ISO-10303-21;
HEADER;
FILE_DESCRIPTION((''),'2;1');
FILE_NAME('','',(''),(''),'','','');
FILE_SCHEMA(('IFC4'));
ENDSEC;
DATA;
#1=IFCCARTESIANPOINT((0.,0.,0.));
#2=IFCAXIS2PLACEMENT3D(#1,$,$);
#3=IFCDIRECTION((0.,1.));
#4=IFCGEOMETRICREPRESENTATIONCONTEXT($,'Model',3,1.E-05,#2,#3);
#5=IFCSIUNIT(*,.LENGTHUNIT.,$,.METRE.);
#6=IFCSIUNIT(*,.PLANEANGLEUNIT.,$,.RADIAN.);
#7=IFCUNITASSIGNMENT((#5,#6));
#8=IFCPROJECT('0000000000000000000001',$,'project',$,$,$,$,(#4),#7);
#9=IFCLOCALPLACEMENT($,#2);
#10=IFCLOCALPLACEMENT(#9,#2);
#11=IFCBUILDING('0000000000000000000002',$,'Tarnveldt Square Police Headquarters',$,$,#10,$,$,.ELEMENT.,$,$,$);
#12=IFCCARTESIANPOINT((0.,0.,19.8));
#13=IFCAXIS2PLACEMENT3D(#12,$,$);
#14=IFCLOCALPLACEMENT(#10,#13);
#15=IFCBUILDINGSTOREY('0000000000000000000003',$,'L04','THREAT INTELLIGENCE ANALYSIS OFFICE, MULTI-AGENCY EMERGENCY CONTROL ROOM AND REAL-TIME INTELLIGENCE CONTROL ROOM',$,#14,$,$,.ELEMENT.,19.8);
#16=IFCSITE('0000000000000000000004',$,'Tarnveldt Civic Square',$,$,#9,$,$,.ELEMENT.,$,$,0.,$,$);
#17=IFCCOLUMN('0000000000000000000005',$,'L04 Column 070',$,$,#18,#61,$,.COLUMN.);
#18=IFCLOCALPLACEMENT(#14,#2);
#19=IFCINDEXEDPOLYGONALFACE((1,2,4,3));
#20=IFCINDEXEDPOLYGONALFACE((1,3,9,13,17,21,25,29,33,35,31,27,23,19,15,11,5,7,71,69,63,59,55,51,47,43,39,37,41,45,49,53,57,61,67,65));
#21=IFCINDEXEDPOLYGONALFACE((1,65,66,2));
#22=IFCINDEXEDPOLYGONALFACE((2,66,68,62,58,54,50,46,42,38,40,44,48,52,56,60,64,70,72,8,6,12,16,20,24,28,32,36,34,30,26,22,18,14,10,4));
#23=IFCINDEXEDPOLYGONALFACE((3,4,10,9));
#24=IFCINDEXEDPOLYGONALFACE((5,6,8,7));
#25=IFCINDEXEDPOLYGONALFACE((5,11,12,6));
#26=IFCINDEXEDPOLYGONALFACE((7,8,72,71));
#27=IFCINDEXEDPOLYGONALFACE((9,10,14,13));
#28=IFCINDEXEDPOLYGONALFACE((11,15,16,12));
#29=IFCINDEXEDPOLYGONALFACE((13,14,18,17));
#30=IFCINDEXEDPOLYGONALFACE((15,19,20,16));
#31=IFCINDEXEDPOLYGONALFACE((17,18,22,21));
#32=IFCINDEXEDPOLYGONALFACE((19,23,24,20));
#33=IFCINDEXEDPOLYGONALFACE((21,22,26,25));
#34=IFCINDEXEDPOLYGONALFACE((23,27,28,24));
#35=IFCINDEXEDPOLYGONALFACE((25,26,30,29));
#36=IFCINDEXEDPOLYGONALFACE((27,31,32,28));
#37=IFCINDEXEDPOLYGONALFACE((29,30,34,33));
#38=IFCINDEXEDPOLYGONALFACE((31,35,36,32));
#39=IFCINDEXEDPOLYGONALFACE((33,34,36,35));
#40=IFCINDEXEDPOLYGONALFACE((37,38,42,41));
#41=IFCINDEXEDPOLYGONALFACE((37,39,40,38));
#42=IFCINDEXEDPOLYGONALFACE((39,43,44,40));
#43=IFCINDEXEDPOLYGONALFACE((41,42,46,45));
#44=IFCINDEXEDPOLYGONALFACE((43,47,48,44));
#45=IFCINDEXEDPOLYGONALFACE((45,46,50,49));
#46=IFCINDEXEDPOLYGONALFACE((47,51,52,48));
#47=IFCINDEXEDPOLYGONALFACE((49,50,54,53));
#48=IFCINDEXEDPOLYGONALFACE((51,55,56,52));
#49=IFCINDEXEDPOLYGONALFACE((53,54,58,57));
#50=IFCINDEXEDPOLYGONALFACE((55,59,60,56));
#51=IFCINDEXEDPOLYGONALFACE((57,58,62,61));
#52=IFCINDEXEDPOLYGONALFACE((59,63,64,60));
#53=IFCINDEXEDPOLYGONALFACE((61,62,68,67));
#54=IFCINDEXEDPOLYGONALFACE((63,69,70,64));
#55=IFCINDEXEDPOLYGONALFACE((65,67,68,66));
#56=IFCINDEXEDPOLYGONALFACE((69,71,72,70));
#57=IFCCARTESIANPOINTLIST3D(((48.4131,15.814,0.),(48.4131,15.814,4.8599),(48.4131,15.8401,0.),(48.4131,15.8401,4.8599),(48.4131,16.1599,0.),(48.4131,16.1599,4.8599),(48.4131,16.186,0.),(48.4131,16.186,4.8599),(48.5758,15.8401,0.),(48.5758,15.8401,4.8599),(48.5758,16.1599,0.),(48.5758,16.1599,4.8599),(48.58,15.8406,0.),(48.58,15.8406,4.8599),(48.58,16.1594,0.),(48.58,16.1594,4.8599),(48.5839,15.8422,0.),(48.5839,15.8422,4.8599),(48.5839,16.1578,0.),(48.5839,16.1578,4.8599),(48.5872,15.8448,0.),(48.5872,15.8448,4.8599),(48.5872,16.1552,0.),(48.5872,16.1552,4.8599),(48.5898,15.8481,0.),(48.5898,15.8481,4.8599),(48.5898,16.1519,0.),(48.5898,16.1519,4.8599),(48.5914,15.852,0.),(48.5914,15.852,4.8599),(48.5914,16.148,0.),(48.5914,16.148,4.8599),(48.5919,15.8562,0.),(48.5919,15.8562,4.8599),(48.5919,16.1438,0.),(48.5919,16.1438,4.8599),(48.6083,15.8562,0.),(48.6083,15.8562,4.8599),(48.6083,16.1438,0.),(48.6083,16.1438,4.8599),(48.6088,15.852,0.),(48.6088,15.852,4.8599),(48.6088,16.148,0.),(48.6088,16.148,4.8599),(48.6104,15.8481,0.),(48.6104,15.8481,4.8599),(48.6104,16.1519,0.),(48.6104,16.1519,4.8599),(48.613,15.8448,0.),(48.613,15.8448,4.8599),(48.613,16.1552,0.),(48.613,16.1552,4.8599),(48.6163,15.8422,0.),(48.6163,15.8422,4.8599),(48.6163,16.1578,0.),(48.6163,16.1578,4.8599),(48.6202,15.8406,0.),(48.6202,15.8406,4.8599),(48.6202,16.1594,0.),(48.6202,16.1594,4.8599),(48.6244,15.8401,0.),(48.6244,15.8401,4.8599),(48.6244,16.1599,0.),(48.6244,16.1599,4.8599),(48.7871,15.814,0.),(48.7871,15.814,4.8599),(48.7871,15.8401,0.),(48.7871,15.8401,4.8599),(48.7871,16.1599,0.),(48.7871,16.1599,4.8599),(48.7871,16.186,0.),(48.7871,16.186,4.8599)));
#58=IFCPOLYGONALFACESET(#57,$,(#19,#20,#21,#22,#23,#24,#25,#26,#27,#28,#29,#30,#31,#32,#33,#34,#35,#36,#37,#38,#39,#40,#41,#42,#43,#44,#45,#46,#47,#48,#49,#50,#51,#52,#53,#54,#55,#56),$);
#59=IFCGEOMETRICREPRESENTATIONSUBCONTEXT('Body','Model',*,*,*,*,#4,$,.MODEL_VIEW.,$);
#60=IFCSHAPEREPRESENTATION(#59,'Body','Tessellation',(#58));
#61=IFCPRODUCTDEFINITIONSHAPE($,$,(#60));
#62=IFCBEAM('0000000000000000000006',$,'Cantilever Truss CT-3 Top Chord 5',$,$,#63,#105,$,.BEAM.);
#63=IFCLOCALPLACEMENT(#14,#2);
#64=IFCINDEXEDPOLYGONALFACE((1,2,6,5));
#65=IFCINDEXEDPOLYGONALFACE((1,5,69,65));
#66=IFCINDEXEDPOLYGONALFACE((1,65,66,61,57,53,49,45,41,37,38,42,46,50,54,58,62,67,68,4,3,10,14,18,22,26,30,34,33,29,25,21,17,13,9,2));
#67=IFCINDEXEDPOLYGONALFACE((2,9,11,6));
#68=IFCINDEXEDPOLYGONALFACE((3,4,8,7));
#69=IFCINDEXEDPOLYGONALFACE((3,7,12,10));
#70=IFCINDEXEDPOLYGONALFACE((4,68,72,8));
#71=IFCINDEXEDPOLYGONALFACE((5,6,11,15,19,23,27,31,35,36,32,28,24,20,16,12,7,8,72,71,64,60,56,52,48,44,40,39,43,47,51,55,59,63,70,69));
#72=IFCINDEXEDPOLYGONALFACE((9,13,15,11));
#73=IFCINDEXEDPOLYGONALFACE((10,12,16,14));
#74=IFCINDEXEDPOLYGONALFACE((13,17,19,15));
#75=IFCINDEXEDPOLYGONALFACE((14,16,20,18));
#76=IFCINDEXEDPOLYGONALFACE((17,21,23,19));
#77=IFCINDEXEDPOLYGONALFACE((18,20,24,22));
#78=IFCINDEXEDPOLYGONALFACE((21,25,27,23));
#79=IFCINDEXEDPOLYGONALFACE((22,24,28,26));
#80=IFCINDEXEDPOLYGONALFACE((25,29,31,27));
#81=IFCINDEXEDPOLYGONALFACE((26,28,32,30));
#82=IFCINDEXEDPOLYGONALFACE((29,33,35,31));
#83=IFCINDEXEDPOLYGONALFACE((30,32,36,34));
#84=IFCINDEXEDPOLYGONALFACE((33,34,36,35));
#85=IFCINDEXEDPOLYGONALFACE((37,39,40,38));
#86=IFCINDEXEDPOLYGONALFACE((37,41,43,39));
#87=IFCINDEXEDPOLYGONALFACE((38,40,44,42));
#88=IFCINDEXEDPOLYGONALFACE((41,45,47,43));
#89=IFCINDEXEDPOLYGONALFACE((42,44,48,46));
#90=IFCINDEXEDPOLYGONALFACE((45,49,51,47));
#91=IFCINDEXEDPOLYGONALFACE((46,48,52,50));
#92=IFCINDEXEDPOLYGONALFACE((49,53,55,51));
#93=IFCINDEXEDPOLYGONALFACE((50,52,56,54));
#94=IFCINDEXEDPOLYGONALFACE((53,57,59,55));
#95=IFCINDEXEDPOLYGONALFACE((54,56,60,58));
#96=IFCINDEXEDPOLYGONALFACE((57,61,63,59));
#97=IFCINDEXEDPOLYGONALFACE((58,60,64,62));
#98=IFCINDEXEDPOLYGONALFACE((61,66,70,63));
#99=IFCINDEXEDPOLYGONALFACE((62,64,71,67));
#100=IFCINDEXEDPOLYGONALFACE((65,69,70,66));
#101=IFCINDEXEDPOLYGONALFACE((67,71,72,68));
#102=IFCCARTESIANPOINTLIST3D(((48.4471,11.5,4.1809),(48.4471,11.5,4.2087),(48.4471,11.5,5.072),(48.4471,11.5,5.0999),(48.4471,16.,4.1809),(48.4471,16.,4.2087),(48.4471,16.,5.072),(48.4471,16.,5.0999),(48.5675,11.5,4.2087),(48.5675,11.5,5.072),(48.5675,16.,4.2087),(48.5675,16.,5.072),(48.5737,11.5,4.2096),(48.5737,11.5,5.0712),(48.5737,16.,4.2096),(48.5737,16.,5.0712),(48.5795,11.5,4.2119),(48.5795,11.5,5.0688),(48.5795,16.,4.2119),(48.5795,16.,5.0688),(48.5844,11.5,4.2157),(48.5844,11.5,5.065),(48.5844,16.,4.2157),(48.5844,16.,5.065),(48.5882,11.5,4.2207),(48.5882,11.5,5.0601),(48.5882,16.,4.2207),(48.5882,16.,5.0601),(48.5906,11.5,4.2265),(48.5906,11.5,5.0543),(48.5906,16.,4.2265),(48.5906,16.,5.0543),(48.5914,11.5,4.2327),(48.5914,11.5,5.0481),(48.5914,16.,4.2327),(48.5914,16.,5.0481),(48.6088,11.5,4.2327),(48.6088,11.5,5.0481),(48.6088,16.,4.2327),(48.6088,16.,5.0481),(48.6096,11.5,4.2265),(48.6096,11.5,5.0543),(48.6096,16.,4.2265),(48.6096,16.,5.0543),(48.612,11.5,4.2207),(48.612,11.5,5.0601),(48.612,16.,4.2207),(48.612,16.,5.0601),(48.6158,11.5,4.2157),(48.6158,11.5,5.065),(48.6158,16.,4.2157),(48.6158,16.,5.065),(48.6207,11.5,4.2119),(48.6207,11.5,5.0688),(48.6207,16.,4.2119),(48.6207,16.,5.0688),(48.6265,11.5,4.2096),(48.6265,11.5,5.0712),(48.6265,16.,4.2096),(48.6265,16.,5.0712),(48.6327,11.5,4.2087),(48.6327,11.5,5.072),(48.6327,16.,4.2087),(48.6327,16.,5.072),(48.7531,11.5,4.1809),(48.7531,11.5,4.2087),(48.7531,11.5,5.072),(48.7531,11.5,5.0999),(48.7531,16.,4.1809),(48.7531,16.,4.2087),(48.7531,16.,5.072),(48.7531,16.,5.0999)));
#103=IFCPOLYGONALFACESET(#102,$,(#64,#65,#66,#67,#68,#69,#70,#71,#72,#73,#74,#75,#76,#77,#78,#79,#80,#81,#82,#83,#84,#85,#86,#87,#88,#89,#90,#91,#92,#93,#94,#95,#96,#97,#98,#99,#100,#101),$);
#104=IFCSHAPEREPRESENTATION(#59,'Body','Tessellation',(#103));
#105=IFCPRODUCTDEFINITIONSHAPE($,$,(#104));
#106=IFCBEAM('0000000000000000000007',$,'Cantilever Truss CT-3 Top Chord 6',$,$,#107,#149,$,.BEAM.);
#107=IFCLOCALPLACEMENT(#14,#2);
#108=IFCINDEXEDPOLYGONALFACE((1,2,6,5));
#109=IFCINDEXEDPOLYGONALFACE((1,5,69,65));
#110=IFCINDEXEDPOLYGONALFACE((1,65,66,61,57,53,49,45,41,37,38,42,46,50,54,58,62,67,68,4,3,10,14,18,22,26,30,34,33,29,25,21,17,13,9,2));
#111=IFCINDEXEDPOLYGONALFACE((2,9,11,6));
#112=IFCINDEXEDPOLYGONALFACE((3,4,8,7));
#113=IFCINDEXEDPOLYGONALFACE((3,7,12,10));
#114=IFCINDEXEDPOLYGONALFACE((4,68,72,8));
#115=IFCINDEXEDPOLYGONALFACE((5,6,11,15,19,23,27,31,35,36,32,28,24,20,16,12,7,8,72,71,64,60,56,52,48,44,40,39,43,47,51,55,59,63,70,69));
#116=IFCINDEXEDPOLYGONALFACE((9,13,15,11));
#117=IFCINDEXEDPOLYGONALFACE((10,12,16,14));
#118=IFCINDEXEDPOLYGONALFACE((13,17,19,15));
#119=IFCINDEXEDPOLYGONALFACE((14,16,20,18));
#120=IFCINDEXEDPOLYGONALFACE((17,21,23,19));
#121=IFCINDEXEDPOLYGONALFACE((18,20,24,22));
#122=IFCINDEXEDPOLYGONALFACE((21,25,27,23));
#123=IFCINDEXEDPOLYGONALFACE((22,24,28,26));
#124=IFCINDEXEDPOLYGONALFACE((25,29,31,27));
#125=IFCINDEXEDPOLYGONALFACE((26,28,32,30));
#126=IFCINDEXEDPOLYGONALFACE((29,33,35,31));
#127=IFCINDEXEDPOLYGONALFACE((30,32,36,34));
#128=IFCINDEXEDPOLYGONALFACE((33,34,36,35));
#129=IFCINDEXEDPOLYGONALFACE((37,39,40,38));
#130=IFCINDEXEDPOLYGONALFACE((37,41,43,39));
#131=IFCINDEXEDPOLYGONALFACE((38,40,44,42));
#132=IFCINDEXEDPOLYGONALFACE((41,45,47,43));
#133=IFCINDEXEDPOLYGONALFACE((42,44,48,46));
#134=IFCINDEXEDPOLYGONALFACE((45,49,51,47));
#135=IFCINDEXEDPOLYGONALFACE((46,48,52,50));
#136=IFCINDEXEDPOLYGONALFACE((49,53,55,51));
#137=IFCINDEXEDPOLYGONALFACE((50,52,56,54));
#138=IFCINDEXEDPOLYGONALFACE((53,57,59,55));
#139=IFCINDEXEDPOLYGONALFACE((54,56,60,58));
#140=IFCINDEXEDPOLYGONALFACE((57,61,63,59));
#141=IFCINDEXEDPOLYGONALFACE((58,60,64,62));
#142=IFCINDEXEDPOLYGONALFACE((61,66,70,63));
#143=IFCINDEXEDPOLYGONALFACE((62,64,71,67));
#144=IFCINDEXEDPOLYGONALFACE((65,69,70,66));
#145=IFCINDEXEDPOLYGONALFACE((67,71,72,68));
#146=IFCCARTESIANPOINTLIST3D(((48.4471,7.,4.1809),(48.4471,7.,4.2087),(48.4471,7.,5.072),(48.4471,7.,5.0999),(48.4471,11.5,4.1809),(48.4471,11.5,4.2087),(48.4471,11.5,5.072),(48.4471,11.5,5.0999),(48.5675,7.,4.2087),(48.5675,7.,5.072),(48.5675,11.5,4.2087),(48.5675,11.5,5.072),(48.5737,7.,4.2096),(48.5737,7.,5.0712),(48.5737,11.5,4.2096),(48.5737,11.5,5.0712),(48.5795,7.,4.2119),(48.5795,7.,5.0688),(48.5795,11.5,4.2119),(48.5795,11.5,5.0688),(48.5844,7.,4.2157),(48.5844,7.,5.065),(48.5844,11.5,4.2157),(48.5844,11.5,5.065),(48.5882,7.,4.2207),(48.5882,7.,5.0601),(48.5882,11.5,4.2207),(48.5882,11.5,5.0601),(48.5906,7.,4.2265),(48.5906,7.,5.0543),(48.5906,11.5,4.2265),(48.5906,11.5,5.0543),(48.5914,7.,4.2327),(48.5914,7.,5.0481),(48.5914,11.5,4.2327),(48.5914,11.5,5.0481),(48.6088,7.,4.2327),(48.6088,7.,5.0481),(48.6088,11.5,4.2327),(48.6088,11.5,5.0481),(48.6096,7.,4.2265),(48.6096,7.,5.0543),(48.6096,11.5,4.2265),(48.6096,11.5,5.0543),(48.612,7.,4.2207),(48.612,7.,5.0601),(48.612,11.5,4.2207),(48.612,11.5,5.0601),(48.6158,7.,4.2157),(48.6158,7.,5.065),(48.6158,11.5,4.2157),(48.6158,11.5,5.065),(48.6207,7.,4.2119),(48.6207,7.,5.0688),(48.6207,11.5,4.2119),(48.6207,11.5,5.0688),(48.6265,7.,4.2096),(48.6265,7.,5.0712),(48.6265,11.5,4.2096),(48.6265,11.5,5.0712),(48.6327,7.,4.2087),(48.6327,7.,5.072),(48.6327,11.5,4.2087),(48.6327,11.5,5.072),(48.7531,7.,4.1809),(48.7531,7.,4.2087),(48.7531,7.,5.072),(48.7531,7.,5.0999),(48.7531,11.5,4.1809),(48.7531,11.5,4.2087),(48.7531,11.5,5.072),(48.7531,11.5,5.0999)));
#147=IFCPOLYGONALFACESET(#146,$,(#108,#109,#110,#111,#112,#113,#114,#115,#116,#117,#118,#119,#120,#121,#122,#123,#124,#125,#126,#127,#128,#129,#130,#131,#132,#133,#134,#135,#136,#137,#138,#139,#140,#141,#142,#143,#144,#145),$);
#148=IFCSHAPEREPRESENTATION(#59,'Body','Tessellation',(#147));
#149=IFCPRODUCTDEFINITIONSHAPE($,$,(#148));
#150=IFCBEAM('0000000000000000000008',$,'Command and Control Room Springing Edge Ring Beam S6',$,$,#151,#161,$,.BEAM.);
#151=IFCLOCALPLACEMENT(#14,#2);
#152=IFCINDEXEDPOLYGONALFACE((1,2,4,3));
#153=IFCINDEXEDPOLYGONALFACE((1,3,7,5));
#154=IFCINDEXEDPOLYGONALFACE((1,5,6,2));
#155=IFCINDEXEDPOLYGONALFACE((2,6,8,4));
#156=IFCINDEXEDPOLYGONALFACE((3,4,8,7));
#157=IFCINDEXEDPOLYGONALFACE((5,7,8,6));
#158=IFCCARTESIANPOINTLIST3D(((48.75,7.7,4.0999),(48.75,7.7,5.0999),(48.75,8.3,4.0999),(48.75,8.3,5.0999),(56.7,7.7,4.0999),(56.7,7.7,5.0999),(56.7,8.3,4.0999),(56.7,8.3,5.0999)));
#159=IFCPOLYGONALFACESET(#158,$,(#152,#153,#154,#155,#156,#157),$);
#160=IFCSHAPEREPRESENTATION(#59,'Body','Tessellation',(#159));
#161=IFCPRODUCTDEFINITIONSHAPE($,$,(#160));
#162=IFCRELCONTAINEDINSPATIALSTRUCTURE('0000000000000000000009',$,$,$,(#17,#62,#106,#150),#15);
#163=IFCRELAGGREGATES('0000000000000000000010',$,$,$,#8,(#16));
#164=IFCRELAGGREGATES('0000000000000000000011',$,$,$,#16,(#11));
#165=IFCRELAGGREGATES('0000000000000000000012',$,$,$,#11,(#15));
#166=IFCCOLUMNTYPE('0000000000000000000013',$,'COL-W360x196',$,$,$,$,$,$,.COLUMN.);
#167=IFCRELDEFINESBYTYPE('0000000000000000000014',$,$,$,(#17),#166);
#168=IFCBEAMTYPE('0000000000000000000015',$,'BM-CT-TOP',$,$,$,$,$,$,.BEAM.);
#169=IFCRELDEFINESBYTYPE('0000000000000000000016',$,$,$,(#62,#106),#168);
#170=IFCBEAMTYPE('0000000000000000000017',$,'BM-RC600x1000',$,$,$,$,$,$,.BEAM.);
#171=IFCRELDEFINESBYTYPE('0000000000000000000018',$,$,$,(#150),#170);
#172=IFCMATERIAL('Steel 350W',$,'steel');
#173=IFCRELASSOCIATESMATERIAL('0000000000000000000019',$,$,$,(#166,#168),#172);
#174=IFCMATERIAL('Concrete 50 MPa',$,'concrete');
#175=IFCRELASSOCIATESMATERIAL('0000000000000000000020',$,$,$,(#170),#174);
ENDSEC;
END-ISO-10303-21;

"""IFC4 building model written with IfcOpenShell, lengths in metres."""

from ifc_helpers import new_model, si_unit, direction, frame, origin, origin_2d, place, context, subcontext, project, spatial, rectangle, i_section, extrude, material, material_profile, profile_set, type_object, element, save


model = new_model("IFC4")

# Units and contexts
model_context = context("Model", 3, precision=1e-05, world=origin(), true_north=direction((0.0, 1.0)))
body_context = subcontext(model_context, "Body", "Model", "MODEL_VIEW")
ifc_project = project(units=[si_unit("LENGTHUNIT", "METRE"), si_unit("PLANEANGLEUNIT", "RADIAN")], contexts=[model_context])

# Site, building, storey
site_placement = place(None, origin())
site = spatial("IfcSite", under=ifc_project, at=site_placement, Name="Tarnveldt Civic Square", CompositionType="ELEMENT", RefElevation=0.0)
building_placement = place(site_placement, origin())
building = spatial("IfcBuilding", under=site, at=building_placement, Name="Tarnveldt Square Police Headquarters", CompositionType="ELEMENT")
storey_placement = place(building_placement, frame((0.0, 0.0, 19.8)))
storey = spatial("IfcBuildingStorey", under=building, at=storey_placement, Name="L04", Description="THREAT INTELLIGENCE ANALYSIS OFFICE, MULTI-AGENCY EMERGENCY CONTROL ROOM AND REAL-TIME INTELLIGENCE CONTROL ROOM", CompositionType="ELEMENT", Elevation=19.8)

# Column
ifc_material_1 = material(Name="Steel 350W", Category="steel")
ifc_material_profile_1 = material_profile(ifc_material_1, i_section(OverallWidth=0.374, OverallDepth=0.3721, WebThickness=0.0164, FlangeThickness=0.0261, FilletRadius=0.0161, at=origin_2d()), Name="W360x196")
ifc_profile_set_1 = profile_set([ifc_material_profile_1], Name="Steel 350W")
column_type = type_object("IfcColumnType", Name="COL-W360x196", PredefinedType="COLUMN", material=ifc_profile_set_1)
column_placement = place(storey_placement, frame((48.6001, 16.0, 0.0), z_axis=(0.0, 0.0, 1.0), x_axis=(1.0, 0.0, 0.0)))
element("IfcColumn", 1, at=column_placement, inside=storey, type_object=column_type, Name="L04 Column 070", PredefinedType="COLUMN", context=body_context, shape_type="SweptSolid", body=[
    extrude(i_section(OverallWidth=0.374, OverallDepth=0.3721, WebThickness=0.0164, FlangeThickness=0.0261, FilletRadius=0.0161, at=origin_2d()), origin(), (0.0, 0.0, 1.0), 4.8599),
])

# Beams
ifc_material_profile_2 = material_profile(ifc_material_1, i_section(OverallWidth=0.3059, OverallDepth=0.9189, WebThickness=0.0173, FlangeThickness=0.0278, FilletRadius=0.0239, at=origin_2d()), Name="W920x253")
ifc_profile_set_2 = profile_set([ifc_material_profile_2], Name="Steel 350W")
beam_type_1 = type_object("IfcBeamType", Name="BM-CT-TOP", PredefinedType="BEAM", material=ifc_profile_set_2)
for number, where, z_axis, x_axis, name in (
    (2, (48.6001, 16.0, 4.6404), (0.0, -1.0, 0.0), (1.0, 0.0, 0.0), "Cantilever Truss CT-3 Top Chord 5"),
    (3, (48.6001, 11.5, 4.6404), (0.0, -1.0, 0.0), (1.0, 0.0, 0.0), "Cantilever Truss CT-3 Top Chord 6"),
):
    element("IfcBeam", number, at=place(storey_placement, frame(where, z_axis=z_axis, x_axis=x_axis)), inside=storey, type_object=beam_type_1, Name=name, PredefinedType="BEAM", context=body_context, shape_type="SweptSolid", body=[
        extrude(i_section(OverallWidth=0.3059, OverallDepth=0.9189, WebThickness=0.0173, FlangeThickness=0.0278, FilletRadius=0.0239, at=origin_2d()), origin(), (0.0, 0.0, 1.0), 4.5),
    ])
ifc_material_2 = material(Name="Concrete 50 MPa", Category="concrete")
ifc_material_profile_3 = material_profile(ifc_material_2, rectangle(XDim=0.6001, YDim=1.0, at=origin_2d()), Name="RC-B600x1000")
ifc_profile_set_3 = profile_set([ifc_material_profile_3], Name="Concrete 50 MPa")
beam_type_2 = type_object("IfcBeamType", Name="BM-RC600x1000", PredefinedType="BEAM", material=ifc_profile_set_3)
beam_placement = place(storey_placement, frame((48.75, 8.0, 4.5999), z_axis=(1.0, 0.0, 0.0), x_axis=(0.0, 1.0, 0.0)))
element("IfcBeam", 4, at=beam_placement, inside=storey, type_object=beam_type_2, Name="Command and Control Room Springing Edge Ring Beam S6", PredefinedType="BEAM", context=body_context, shape_type="SweptSolid", body=[
    extrude(rectangle(XDim=0.6001, YDim=1.0, at=origin_2d()), origin(), (0.0, 0.0, 1.0), 7.95),
])

save(model, "model.ifc")
